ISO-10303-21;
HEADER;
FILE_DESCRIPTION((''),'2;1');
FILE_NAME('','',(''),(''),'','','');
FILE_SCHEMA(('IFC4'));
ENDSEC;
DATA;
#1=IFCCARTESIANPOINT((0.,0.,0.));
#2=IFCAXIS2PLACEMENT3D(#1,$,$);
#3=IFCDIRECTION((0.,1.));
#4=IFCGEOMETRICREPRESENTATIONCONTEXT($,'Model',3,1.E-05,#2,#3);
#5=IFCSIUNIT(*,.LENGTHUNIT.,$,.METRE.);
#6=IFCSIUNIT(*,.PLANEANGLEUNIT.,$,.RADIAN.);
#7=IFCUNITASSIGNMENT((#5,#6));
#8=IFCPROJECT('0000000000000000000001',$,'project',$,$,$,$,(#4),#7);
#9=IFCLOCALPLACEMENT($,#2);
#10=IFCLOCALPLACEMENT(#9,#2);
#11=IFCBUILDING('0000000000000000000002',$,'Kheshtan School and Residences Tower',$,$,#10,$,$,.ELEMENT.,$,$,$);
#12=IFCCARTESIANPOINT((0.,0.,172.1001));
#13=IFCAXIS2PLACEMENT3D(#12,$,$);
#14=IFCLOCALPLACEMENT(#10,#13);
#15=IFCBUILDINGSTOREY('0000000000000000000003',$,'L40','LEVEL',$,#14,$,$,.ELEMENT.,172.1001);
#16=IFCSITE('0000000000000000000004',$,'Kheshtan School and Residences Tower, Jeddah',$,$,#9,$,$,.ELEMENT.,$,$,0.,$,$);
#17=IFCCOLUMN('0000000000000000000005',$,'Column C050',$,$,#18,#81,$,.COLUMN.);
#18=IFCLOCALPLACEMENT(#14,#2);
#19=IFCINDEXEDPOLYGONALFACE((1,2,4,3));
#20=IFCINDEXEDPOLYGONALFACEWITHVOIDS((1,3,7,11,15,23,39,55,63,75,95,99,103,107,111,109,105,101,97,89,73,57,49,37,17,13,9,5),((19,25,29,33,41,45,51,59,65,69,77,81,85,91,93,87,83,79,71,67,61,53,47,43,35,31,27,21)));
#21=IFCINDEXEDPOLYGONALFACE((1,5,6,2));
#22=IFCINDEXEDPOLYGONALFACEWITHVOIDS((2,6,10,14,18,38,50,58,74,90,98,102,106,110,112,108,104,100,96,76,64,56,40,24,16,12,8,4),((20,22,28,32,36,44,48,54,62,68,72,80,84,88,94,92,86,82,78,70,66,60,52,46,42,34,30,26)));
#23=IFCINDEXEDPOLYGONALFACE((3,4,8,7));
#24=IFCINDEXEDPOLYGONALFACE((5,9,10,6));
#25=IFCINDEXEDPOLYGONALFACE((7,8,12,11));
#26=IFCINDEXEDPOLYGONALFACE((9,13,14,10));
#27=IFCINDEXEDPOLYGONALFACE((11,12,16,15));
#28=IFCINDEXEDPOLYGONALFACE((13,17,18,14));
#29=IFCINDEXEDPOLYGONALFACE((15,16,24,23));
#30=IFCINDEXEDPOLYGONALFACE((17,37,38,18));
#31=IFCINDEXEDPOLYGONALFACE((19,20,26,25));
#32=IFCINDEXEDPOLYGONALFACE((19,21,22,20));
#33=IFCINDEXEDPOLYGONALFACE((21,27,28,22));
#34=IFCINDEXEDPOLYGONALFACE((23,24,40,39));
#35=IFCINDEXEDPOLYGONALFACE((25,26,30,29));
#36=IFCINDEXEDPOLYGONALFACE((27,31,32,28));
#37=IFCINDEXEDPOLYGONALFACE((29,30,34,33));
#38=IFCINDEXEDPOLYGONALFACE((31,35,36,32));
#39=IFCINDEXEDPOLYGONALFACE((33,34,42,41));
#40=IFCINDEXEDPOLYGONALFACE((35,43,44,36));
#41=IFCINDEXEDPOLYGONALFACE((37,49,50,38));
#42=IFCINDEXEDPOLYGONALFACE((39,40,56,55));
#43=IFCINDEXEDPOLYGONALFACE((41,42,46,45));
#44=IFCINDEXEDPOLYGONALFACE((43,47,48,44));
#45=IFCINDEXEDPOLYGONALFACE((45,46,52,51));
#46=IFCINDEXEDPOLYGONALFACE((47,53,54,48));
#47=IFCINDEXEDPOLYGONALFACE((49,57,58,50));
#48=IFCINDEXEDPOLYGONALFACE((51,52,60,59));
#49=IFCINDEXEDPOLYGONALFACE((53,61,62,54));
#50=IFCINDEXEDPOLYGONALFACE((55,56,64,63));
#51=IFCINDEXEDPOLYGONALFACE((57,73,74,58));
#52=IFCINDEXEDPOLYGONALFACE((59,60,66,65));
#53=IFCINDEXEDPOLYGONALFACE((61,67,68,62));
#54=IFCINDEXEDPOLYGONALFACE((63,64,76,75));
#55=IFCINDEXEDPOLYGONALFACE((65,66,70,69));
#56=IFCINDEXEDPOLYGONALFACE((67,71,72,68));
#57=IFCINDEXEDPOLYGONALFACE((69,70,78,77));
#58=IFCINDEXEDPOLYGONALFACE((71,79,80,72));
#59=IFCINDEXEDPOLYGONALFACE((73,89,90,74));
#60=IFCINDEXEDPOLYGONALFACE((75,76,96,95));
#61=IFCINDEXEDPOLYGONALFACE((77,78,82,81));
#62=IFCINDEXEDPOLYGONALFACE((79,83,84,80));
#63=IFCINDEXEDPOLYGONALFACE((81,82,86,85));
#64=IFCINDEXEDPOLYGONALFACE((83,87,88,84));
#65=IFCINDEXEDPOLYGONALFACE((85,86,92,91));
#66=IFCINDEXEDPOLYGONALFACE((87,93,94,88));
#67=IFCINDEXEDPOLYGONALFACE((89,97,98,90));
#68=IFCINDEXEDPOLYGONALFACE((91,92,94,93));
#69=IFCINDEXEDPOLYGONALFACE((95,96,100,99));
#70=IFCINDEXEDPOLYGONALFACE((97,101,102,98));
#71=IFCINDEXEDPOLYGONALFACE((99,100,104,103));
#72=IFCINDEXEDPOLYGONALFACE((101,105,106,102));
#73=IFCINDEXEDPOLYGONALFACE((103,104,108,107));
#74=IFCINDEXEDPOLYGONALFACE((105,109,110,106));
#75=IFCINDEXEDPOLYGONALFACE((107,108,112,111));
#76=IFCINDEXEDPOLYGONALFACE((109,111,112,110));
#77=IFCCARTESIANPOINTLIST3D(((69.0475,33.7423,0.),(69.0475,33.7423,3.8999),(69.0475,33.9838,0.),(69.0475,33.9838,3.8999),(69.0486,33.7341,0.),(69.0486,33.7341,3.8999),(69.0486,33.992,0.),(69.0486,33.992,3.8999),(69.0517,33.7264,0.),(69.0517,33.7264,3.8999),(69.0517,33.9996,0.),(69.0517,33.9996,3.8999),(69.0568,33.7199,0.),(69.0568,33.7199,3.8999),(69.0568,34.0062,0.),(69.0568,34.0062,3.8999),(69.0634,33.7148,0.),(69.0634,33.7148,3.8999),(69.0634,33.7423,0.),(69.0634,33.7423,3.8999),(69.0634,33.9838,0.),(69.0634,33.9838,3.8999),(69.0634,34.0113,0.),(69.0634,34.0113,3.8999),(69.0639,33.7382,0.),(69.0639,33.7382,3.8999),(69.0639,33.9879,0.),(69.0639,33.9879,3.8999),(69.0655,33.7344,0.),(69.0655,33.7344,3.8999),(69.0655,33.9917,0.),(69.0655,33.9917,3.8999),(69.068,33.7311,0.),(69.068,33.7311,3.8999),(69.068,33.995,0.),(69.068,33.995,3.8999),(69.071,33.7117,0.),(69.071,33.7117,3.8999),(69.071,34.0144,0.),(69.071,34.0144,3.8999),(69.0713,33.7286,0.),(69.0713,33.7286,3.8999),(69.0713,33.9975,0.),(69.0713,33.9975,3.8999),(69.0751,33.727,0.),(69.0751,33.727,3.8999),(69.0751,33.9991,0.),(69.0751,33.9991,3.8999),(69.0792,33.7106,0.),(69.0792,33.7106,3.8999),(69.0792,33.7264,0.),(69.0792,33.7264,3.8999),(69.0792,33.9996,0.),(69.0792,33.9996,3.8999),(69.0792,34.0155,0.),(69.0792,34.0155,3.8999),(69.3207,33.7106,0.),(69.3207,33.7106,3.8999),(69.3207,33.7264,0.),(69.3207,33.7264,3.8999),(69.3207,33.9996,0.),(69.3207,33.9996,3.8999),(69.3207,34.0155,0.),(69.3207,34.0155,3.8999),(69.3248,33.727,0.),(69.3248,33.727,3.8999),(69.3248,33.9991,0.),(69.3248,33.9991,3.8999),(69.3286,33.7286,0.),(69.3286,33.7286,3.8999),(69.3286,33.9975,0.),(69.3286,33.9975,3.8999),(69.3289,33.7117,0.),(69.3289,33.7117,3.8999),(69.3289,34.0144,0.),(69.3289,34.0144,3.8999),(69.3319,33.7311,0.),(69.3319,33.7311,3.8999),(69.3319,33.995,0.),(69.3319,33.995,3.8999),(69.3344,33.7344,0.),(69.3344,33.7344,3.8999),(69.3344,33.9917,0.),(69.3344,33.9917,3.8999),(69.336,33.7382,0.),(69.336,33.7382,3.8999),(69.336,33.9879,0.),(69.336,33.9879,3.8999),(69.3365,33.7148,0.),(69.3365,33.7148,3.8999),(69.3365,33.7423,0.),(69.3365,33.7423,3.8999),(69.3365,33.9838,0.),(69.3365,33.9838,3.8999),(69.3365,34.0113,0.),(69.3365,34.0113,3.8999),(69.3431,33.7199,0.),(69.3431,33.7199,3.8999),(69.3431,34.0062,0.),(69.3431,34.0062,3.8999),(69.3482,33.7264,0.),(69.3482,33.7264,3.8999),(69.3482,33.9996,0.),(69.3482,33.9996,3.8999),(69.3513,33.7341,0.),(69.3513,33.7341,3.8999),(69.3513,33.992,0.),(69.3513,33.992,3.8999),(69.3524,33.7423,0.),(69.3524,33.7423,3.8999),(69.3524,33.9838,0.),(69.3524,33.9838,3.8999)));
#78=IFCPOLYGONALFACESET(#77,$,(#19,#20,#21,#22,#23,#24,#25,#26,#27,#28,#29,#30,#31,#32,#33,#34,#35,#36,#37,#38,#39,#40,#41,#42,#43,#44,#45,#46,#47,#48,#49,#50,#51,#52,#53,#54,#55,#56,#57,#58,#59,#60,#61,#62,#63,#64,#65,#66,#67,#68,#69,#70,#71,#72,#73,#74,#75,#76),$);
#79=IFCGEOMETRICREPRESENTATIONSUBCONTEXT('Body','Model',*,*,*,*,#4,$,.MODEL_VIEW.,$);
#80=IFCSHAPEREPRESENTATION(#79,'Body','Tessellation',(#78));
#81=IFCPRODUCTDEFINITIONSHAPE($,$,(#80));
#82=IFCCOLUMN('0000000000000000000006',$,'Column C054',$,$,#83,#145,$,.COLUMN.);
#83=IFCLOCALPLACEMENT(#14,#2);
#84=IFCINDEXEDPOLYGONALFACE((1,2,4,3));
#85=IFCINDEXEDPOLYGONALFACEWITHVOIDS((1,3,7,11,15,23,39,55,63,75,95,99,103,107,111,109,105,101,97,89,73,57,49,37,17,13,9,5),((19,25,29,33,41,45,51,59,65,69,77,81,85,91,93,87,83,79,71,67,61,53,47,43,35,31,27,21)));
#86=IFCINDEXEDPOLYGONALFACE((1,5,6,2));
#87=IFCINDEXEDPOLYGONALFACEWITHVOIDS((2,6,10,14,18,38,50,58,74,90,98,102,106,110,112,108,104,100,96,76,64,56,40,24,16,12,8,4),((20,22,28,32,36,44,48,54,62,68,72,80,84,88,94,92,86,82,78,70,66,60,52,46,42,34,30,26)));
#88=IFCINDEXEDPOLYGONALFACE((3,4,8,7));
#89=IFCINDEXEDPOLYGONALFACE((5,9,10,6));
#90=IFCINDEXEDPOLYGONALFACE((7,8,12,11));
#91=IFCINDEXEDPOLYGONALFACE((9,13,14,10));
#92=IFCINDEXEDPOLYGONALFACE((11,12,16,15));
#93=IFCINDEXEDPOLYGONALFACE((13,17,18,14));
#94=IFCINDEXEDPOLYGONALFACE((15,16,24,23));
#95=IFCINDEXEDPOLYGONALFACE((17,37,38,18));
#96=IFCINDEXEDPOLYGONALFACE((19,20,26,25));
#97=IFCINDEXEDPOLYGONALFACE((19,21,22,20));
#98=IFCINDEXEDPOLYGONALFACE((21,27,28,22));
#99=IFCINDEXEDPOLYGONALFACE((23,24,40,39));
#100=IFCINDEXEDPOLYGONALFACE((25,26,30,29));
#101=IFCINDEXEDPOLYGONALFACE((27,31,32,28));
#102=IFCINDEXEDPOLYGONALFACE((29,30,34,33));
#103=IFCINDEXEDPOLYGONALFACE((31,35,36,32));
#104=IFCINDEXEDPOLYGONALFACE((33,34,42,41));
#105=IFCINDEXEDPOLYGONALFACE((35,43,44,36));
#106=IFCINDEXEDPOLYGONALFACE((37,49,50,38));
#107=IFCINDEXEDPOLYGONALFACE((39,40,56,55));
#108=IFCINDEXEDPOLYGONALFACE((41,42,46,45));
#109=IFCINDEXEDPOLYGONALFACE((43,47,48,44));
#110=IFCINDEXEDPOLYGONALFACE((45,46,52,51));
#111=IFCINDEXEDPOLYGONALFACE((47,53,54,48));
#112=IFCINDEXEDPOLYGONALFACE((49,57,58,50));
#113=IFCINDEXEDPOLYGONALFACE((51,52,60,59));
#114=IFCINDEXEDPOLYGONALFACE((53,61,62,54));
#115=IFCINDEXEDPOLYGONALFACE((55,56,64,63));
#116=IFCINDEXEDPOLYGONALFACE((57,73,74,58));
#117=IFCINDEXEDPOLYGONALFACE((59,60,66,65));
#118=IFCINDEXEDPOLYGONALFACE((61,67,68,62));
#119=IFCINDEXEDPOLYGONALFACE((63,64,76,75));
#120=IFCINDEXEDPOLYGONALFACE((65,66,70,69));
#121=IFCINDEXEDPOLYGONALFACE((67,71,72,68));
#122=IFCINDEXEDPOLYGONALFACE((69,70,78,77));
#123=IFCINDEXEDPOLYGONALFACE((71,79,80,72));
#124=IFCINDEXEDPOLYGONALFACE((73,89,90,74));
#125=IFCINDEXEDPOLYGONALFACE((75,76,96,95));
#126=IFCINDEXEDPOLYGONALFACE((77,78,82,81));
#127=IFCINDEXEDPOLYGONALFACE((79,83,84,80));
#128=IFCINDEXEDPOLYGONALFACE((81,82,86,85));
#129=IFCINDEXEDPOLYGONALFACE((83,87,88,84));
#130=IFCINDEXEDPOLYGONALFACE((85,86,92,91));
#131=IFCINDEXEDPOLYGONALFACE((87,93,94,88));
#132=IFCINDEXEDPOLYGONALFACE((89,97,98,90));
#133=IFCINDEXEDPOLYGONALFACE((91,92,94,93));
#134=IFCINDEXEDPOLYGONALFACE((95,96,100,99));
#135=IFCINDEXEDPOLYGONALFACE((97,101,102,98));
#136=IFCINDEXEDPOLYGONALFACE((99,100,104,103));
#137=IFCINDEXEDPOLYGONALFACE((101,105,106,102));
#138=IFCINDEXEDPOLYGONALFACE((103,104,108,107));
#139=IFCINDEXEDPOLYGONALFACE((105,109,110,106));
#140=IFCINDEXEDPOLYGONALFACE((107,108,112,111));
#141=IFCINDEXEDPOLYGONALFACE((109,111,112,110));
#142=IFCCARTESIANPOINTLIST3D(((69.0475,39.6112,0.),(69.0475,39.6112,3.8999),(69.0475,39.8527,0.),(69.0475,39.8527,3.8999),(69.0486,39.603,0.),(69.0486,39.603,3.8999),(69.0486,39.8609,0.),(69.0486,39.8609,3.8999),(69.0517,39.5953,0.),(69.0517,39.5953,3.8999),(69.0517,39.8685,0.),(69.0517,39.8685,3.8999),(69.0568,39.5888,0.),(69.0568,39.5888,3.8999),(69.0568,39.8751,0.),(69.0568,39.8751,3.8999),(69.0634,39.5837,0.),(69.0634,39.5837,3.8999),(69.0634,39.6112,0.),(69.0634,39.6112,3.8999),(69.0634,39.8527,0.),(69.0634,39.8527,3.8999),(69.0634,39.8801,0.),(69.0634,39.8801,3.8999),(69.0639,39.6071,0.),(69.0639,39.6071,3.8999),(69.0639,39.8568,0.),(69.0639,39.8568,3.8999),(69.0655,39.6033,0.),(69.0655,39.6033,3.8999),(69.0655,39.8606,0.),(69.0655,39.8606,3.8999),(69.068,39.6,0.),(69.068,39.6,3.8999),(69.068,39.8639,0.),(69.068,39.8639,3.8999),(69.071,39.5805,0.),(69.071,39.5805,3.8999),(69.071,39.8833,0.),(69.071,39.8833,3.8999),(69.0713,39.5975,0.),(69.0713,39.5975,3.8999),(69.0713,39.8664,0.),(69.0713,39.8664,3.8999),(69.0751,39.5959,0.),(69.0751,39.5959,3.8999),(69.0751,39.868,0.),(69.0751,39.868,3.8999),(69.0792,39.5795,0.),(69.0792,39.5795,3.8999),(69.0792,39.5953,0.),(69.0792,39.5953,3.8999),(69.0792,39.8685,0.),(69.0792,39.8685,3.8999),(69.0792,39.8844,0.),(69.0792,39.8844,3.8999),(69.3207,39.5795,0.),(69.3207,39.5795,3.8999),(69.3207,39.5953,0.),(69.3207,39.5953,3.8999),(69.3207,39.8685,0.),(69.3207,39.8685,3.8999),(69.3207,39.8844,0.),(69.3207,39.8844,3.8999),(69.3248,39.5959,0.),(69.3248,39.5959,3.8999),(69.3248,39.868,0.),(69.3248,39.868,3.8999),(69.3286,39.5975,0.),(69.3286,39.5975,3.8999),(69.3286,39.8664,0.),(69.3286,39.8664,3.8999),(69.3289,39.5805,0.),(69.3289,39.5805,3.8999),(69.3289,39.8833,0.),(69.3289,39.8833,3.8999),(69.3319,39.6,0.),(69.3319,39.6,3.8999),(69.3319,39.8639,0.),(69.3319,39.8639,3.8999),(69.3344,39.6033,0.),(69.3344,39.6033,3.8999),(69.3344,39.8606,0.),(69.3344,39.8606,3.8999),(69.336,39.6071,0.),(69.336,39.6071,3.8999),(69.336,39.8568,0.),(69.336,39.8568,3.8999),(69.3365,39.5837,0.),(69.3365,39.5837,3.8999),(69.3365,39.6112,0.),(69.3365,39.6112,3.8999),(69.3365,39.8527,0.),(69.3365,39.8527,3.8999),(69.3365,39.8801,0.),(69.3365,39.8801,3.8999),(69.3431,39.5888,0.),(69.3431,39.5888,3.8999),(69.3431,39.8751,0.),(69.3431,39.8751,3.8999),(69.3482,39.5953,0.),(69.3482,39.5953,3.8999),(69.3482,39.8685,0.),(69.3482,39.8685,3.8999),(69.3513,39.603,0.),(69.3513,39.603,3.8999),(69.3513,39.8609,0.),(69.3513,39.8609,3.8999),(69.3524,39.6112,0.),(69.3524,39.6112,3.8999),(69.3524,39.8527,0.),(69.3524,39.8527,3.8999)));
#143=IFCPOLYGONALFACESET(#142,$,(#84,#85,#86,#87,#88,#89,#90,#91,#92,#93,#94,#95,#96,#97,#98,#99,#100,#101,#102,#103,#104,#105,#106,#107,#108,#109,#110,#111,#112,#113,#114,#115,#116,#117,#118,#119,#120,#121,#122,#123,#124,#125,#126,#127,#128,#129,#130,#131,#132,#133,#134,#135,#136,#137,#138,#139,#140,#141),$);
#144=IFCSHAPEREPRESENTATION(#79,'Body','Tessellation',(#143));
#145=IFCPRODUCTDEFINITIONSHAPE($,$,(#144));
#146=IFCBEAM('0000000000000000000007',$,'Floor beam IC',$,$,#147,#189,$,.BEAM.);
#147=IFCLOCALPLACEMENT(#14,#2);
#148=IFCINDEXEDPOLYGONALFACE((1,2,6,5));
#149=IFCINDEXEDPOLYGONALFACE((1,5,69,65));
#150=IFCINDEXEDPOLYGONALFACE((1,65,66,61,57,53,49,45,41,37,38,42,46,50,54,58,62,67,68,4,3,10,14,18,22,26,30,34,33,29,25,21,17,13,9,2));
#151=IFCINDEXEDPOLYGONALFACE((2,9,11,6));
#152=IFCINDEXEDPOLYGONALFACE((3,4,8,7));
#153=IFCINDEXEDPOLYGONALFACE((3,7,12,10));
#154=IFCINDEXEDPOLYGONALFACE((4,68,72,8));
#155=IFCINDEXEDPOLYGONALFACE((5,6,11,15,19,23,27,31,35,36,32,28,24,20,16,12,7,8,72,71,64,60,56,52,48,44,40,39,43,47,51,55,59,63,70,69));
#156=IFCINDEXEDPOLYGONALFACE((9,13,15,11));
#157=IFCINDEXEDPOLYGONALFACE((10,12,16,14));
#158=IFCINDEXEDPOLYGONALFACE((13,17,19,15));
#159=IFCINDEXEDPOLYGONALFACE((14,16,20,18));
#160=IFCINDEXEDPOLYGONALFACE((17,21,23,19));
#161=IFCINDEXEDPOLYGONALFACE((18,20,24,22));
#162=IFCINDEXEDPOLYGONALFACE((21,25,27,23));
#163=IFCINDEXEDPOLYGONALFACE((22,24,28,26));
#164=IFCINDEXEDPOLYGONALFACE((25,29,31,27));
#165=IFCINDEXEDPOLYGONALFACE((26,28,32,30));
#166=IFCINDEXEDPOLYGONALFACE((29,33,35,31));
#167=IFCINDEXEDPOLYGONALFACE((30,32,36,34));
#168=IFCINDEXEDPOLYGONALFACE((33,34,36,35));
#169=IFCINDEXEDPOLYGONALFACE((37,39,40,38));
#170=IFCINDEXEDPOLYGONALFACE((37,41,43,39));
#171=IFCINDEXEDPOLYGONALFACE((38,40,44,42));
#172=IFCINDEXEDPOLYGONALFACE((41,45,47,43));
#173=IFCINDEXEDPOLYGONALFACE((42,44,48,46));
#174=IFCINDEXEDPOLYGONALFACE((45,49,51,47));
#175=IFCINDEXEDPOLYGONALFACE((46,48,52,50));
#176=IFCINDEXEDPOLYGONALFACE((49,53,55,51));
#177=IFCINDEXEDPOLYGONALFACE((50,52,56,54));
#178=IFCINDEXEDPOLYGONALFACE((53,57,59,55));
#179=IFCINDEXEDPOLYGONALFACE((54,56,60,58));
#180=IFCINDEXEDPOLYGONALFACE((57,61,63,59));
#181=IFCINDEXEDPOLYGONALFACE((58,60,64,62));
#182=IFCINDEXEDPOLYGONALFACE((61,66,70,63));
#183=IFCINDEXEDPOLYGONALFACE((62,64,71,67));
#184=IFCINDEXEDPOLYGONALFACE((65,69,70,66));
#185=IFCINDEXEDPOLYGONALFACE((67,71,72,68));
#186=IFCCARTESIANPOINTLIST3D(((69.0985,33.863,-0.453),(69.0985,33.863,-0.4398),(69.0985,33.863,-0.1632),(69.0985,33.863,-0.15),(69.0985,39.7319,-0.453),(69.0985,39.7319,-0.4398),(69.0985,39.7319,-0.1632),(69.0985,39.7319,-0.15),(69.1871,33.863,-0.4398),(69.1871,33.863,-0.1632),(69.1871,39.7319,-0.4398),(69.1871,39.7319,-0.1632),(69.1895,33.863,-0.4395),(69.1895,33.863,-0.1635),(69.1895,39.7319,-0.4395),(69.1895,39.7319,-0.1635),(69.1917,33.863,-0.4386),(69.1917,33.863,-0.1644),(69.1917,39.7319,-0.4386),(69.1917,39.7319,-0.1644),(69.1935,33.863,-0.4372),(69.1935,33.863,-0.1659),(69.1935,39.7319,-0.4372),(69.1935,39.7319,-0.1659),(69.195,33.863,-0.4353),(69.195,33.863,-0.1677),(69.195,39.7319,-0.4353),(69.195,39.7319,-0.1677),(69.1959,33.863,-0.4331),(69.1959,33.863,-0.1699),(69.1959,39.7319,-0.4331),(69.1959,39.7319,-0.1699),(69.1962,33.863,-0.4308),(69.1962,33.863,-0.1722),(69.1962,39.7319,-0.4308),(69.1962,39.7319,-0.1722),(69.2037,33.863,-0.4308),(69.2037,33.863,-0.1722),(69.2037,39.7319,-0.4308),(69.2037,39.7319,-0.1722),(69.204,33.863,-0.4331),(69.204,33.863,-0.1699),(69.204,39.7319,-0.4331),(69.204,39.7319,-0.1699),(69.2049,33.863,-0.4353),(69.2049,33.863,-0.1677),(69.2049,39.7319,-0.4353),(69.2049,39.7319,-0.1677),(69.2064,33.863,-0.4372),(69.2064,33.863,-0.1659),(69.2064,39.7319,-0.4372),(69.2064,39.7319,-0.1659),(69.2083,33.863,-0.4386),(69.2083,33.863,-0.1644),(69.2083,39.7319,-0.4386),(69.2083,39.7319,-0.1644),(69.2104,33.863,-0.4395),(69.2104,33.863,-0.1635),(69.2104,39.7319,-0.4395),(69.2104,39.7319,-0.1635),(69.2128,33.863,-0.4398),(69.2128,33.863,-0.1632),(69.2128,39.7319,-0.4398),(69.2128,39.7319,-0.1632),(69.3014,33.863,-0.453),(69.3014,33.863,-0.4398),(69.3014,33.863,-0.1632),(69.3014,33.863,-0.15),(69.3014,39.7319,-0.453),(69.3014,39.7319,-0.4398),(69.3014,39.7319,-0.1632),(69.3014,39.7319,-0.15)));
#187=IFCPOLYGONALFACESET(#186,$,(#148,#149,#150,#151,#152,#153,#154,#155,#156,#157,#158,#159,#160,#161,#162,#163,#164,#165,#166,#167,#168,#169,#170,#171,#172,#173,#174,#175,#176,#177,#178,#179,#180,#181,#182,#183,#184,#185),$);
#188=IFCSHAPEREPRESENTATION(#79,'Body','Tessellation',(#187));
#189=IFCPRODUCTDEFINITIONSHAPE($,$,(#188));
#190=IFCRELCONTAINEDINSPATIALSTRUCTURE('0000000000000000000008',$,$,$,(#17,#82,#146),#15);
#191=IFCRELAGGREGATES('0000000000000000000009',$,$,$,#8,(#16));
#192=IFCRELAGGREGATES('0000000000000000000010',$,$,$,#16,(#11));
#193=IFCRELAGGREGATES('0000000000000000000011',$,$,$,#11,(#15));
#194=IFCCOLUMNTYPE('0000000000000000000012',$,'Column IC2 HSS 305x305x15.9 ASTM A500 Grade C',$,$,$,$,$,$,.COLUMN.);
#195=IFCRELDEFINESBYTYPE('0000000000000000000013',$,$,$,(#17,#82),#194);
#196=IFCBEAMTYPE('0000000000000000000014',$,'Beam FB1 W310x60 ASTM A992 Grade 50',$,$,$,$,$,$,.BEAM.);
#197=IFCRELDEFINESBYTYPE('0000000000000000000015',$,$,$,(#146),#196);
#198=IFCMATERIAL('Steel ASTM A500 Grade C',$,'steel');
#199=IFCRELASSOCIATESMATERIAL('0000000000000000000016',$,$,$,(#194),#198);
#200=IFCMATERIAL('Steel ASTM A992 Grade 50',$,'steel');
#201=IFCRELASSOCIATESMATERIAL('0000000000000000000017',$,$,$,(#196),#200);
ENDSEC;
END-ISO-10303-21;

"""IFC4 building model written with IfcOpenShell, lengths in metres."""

from ifc_helpers import new_model, si_unit, direction, frame, origin, origin_2d, place, context, subcontext, project, spatial, hollow_rectangle, i_section, extrude, material, material_profile, profile_set, type_object, element, save


model = new_model("IFC4")

# Units and contexts
model_context = context("Model", 3, precision=1e-05, world=origin(), true_north=direction((0.0, 1.0)))
body_context = subcontext(model_context, "Body", "Model", "MODEL_VIEW")
ifc_project = project(units=[si_unit("LENGTHUNIT", "METRE"), si_unit("PLANEANGLEUNIT", "RADIAN")], contexts=[model_context])

# Site, building, storey
site_placement = place(None, origin())
site = spatial("IfcSite", under=ifc_project, at=site_placement, Name="Kheshtan School and Residences Tower, Jeddah", CompositionType="ELEMENT", RefElevation=0.0)
building_placement = place(site_placement, origin())
building = spatial("IfcBuilding", under=site, at=building_placement, Name="Kheshtan School and Residences Tower", CompositionType="ELEMENT")
storey_placement = place(building_placement, frame((0.0, 0.0, 172.1001)))
storey = spatial("IfcBuildingStorey", under=building, at=storey_placement, Name="L40", Description="LEVEL", CompositionType="ELEMENT", Elevation=172.1001)

# Columns
ifc_material_1 = material(Name="Steel ASTM A500 Grade C", Category="steel")
ifc_material_profile_1 = material_profile(ifc_material_1, hollow_rectangle(XDim=0.3049, YDim=0.3049, WallThickness=0.0159, InnerFilletRadius=0.0159, OuterFilletRadius=0.0317, at=origin_2d()), Name="HSS 305x305x15.9")
ifc_profile_set_1 = profile_set([ifc_material_profile_1], Name="Steel ASTM A500 Grade C")
column_type = type_object("IfcColumnType", Name="Column IC2 HSS 305x305x15.9 ASTM A500 Grade C", PredefinedType="COLUMN", material=ifc_profile_set_1)
for number, where, z_axis, x_axis, name in (
    (1, (69.2, 33.863, 0.0), (0.0, 0.0, 1.0), (1.0, 0.0, 0.0), "Column C050"),
    (2, (69.2, 39.7319, 0.0), (0.0, 0.0, 1.0), (1.0, 0.0, 0.0), "Column C054"),
):
    element("IfcColumn", number, at=place(storey_placement, frame(where, z_axis=z_axis, x_axis=x_axis)), inside=storey, type_object=column_type, Name=name, PredefinedType="COLUMN", context=body_context, shape_type="SweptSolid", body=[
        extrude(hollow_rectangle(XDim=0.3049, YDim=0.3049, WallThickness=0.0159, InnerFilletRadius=0.0159, OuterFilletRadius=0.0317, at=origin_2d()), origin(), (0.0, 0.0, 1.0), 3.8999),
    ])

# Beam
ifc_material_2 = material(Name="Steel ASTM A992 Grade 50", Category="steel")
ifc_material_profile_2 = material_profile(ifc_material_2, i_section(OverallWidth=0.2029, OverallDepth=0.303, WebThickness=0.0076, FlangeThickness=0.0132, FilletRadius=0.009, at=origin_2d()), Name="W310x60")
ifc_profile_set_2 = profile_set([ifc_material_profile_2], Name="Steel ASTM A992 Grade 50")
beam_type = type_object("IfcBeamType", Name="Beam FB1 W310x60 ASTM A992 Grade 50", PredefinedType="BEAM", material=ifc_profile_set_2)
beam_placement = place(storey_placement, frame((69.2, 33.863, -0.3015), z_axis=(0.0, 1.0, 0.0), x_axis=(-1.0, 0.0, 0.0)))
element("IfcBeam", 3, at=beam_placement, inside=storey, type_object=beam_type, Name="Floor beam IC", PredefinedType="BEAM", context=body_context, shape_type="SweptSolid", body=[
    extrude(i_section(OverallWidth=0.2029, OverallDepth=0.303, WebThickness=0.0076, FlangeThickness=0.0132, FilletRadius=0.009, at=origin_2d()), origin(), (0.0, 0.0, 1.0), 5.8689),
])

save(model, "model.ifc")
